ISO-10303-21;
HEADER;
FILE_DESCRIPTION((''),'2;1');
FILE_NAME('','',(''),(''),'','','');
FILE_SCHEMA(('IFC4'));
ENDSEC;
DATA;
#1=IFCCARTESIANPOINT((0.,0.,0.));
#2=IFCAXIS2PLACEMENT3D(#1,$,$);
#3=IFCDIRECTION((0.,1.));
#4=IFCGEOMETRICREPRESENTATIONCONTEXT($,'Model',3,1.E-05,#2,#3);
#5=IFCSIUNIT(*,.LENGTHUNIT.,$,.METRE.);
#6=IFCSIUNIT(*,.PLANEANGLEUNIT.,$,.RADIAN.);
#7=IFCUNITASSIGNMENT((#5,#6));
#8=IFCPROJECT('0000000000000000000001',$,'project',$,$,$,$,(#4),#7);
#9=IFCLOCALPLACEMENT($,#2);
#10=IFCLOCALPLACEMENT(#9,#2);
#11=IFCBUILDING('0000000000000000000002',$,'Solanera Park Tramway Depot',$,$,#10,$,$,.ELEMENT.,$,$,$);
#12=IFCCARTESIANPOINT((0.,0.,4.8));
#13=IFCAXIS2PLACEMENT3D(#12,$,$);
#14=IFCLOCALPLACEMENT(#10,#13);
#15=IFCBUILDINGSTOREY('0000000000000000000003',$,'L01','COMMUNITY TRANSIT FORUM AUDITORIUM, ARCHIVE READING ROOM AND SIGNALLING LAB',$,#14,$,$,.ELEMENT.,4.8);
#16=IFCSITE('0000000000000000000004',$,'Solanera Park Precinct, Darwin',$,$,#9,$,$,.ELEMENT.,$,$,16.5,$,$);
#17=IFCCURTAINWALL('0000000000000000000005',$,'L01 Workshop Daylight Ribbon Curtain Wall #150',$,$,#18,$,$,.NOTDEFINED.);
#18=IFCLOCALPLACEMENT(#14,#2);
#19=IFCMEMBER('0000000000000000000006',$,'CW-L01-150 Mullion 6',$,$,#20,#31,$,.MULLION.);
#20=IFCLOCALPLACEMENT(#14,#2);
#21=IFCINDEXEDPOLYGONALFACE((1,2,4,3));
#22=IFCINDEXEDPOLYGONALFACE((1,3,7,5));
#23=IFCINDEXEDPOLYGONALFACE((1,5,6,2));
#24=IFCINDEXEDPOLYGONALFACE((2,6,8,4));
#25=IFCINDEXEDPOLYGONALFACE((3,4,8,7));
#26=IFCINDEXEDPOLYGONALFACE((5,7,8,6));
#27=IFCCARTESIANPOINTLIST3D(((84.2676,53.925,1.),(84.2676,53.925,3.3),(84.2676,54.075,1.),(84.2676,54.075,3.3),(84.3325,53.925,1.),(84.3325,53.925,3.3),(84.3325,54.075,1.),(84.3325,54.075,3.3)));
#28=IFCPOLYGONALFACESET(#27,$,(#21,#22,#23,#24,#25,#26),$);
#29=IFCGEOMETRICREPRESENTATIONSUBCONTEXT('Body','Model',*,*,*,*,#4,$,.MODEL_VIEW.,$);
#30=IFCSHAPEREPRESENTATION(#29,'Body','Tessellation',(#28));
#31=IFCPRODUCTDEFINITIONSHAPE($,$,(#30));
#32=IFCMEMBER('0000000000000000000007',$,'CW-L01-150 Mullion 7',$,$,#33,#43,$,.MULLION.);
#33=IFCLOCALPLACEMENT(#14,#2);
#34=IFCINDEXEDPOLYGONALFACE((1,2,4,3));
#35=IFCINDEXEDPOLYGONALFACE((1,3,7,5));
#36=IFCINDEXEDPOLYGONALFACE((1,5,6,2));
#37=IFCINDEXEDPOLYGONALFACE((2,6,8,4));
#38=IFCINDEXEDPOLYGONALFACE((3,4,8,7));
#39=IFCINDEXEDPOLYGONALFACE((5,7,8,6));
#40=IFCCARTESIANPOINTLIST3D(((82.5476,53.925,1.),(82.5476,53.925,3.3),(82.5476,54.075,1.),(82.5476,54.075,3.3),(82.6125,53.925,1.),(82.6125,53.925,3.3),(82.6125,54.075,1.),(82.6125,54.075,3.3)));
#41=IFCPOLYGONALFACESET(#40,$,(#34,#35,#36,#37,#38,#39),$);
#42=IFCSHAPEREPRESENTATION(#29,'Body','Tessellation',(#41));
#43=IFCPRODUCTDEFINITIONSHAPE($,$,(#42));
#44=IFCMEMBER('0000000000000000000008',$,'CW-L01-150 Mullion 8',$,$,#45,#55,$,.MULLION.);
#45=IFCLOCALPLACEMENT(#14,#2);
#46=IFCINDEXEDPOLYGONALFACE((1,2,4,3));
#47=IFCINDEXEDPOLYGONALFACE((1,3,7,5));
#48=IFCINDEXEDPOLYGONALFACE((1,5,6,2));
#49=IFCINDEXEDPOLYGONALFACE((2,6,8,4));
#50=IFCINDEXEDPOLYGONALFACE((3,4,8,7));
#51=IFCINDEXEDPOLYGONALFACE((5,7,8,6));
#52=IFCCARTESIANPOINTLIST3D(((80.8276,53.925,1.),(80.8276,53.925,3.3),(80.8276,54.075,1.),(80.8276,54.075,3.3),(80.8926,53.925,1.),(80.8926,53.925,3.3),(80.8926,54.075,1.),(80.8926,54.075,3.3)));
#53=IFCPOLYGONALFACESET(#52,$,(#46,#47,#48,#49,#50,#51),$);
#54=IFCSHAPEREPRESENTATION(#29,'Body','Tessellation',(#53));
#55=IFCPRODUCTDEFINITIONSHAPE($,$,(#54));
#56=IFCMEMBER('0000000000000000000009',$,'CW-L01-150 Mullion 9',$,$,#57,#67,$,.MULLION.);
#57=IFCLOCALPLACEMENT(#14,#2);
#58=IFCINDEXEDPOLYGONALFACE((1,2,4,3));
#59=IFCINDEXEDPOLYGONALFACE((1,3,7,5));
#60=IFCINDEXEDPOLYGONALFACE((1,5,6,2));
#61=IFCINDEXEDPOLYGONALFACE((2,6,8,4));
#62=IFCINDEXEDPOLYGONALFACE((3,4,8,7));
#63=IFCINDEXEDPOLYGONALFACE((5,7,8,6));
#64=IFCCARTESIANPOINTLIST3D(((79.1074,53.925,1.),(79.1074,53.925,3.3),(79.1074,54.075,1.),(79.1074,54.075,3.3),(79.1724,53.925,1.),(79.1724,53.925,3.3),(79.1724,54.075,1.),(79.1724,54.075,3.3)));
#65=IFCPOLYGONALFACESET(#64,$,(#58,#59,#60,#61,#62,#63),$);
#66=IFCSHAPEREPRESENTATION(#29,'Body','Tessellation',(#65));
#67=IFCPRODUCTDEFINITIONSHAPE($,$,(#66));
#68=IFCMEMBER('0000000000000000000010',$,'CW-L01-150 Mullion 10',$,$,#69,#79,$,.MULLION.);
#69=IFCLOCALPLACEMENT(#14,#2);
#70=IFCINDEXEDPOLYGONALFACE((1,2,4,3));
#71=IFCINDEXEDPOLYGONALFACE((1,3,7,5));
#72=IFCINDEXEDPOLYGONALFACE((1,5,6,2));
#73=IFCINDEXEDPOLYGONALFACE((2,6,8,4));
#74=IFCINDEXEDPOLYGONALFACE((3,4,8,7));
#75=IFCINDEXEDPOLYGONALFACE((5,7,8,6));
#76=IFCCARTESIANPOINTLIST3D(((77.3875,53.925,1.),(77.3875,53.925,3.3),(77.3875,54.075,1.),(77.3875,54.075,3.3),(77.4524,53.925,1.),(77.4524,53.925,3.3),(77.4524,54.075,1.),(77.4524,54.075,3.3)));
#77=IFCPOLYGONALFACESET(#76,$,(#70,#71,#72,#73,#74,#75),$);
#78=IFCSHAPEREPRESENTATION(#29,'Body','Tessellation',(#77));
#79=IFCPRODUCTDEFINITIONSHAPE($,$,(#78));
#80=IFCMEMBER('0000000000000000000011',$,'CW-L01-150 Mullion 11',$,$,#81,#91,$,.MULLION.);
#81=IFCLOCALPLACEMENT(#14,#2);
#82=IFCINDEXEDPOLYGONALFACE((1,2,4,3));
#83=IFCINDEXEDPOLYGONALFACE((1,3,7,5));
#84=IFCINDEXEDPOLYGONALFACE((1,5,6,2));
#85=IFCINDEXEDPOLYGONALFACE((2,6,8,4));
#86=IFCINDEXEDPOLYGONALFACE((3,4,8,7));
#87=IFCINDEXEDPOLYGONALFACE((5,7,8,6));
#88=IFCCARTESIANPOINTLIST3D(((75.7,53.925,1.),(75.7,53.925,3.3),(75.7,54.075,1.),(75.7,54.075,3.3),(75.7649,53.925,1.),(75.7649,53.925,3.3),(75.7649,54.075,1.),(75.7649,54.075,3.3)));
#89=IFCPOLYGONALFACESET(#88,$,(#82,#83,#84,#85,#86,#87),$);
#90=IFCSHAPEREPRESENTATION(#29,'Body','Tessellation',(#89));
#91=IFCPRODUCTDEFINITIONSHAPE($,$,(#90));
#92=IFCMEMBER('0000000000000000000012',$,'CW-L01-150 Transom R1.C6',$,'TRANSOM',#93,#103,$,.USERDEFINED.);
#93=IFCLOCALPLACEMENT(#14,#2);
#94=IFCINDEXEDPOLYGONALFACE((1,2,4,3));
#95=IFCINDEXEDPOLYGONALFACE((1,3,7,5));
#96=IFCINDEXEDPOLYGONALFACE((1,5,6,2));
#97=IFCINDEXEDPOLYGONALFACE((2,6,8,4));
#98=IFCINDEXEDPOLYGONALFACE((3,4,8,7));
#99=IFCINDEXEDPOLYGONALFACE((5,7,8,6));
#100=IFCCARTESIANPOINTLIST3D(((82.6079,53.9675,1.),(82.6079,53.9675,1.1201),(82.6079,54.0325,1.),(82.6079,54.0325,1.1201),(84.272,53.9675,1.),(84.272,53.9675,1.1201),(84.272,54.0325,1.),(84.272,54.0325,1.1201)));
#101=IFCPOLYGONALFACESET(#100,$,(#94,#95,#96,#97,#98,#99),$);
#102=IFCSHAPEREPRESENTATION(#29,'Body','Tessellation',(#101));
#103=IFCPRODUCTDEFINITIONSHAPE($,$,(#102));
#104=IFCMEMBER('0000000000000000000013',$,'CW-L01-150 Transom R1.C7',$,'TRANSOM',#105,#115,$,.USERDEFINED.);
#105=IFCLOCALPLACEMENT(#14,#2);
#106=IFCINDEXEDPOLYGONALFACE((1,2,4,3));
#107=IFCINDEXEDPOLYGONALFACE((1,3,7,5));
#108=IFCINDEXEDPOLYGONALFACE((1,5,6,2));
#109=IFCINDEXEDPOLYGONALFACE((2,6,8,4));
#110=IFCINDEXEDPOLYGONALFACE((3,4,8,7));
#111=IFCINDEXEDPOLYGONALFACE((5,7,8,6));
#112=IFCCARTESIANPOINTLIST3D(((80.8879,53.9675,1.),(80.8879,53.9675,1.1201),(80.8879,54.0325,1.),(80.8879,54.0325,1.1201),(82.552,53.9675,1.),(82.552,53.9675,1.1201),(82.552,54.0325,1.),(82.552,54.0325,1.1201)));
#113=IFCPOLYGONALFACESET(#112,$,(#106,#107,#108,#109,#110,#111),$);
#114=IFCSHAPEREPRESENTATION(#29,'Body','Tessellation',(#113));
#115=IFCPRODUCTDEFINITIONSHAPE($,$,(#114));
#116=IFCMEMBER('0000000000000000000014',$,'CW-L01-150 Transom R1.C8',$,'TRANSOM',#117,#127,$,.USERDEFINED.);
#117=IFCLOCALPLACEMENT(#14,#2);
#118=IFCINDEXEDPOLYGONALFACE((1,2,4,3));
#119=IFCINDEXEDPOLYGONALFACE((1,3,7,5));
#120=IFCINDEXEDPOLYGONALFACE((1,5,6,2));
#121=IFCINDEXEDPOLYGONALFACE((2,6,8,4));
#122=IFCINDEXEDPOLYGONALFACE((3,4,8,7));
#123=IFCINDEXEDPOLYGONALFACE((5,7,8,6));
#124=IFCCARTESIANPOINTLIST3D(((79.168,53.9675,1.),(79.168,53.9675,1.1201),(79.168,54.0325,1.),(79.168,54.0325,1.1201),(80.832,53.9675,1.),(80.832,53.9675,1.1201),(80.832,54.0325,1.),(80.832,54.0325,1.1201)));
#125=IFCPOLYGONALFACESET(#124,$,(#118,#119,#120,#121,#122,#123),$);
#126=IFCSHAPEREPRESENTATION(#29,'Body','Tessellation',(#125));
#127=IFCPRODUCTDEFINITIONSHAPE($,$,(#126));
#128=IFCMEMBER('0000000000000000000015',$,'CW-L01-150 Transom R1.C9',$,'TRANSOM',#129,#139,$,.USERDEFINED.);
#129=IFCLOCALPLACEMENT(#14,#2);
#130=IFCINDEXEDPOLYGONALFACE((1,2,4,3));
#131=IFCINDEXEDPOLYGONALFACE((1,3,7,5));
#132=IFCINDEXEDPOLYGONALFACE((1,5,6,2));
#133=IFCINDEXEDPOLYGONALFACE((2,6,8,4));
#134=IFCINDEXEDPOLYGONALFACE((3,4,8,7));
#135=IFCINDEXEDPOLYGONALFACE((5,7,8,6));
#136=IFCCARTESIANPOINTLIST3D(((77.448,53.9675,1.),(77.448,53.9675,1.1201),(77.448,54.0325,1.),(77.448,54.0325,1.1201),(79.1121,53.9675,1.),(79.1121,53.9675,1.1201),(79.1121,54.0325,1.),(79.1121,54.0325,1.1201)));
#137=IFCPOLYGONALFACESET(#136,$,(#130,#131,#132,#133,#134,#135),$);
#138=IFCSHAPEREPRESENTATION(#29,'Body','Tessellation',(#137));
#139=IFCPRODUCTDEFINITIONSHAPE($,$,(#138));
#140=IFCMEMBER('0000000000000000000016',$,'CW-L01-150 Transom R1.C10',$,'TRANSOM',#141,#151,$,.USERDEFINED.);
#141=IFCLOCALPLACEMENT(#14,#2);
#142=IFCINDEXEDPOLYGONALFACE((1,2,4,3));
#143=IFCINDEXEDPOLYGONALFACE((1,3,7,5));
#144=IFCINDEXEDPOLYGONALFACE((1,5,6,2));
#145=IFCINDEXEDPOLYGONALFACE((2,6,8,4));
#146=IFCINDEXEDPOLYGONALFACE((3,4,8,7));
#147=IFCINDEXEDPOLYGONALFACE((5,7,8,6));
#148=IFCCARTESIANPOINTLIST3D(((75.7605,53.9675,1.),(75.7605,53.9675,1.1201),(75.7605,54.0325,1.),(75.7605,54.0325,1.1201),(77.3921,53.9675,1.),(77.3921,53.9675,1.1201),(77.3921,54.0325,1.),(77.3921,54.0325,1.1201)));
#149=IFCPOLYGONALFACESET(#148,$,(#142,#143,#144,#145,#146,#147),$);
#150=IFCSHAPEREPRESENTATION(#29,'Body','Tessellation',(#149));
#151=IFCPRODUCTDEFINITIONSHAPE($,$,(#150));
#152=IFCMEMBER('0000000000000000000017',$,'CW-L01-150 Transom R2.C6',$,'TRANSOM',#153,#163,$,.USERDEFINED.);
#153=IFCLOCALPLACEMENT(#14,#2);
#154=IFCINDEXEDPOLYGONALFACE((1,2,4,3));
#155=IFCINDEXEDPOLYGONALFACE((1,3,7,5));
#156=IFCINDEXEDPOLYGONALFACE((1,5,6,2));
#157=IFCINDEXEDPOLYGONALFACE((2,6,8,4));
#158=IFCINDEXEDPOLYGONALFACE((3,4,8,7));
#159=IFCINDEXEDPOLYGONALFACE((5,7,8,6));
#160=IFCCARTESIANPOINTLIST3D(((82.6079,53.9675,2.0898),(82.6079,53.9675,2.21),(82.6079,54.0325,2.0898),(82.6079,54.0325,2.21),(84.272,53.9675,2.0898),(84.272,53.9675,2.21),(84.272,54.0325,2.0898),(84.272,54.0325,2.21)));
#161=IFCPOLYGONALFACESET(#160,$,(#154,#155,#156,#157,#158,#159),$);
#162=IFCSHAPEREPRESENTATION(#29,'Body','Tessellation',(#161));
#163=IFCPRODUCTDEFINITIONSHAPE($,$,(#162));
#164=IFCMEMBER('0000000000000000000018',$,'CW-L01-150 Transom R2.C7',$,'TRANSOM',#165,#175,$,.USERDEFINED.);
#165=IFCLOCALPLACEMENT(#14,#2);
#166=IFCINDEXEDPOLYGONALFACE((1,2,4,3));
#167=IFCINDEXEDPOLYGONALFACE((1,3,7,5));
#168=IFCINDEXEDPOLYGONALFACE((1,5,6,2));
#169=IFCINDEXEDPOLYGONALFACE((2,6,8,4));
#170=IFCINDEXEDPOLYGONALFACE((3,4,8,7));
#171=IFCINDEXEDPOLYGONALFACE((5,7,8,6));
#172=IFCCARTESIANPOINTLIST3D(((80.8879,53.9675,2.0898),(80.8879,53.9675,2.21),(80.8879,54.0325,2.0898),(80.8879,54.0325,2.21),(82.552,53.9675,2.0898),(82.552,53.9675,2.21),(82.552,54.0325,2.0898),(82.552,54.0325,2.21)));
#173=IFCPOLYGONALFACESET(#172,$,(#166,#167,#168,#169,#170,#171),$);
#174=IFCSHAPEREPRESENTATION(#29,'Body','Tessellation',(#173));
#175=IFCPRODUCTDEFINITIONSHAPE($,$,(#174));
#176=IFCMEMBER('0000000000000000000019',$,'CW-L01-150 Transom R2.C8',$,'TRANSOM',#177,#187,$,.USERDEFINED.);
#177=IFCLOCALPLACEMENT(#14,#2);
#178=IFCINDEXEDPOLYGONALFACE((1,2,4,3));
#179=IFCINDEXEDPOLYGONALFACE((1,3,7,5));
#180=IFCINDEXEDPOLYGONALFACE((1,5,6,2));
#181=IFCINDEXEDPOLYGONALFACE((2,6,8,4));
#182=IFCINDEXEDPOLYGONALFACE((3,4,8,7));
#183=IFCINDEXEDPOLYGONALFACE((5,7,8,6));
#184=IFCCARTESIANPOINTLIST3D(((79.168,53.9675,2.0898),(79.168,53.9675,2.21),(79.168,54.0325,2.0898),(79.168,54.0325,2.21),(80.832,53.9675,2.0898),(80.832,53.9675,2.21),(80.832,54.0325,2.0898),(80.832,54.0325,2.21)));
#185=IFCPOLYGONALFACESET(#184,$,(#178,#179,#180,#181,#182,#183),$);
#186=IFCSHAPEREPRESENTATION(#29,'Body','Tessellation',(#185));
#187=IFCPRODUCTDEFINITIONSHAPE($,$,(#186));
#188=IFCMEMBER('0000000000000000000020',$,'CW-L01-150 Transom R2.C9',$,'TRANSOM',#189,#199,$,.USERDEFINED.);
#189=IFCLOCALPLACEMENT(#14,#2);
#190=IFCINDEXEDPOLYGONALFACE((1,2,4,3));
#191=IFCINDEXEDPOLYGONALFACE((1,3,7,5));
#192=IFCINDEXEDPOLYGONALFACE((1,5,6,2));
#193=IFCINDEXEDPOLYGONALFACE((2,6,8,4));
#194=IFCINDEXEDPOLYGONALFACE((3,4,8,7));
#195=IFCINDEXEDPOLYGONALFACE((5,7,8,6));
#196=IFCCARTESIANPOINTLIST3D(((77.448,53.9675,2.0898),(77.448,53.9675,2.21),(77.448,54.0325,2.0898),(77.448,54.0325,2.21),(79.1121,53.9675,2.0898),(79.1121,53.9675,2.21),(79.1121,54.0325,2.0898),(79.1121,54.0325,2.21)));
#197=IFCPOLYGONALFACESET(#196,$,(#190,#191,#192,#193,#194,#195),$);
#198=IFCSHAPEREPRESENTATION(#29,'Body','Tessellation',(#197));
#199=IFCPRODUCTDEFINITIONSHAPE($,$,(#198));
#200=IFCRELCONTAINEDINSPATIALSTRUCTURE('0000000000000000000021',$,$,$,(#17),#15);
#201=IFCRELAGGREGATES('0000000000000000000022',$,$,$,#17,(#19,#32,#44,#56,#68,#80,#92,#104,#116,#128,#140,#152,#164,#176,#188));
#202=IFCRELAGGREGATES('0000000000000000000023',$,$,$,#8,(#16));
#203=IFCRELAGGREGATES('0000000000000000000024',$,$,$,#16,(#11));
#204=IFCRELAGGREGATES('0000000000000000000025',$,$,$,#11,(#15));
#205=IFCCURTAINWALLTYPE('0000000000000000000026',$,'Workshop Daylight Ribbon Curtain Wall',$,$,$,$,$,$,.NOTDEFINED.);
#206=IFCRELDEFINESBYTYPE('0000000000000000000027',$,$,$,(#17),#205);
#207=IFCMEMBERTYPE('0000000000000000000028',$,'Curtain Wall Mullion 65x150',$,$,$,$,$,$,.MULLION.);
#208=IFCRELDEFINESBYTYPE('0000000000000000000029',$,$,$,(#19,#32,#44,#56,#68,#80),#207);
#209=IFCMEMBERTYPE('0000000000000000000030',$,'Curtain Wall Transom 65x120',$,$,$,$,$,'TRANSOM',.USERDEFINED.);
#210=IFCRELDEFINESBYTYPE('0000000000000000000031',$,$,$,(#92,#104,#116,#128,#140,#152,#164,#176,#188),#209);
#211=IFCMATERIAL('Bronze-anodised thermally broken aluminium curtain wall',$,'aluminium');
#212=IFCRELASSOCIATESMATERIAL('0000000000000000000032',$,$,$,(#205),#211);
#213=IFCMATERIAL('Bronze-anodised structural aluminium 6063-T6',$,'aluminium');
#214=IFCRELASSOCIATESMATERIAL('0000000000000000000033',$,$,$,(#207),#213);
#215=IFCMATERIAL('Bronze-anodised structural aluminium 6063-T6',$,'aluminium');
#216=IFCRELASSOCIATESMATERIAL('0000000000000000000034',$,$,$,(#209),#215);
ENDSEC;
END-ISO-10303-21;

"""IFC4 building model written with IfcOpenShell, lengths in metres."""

from ifc_helpers import new_model, si_unit, direction, frame, origin, origin_2d, place, context, subcontext, project, spatial, rectangle, extrude, material, material_profile, profile_set, type_object, element, aggregate, save


model = new_model("IFC4")

# Units and contexts
model_context = context("Model", 3, precision=1e-05, world=origin(), true_north=direction((0.0, 1.0)))
body_context = subcontext(model_context, "Body", "Model", "MODEL_VIEW")
ifc_project = project(units=[si_unit("LENGTHUNIT", "METRE"), si_unit("PLANEANGLEUNIT", "RADIAN")], contexts=[model_context])

# Site, building, storey
site_placement = place(None, origin())
site = spatial("IfcSite", under=ifc_project, at=site_placement, Name="Solanera Park Precinct, Darwin", CompositionType="ELEMENT", RefElevation=16.5)
building_placement = place(site_placement, origin())
building = spatial("IfcBuilding", under=site, at=building_placement, Name="Solanera Park Tramway Depot", CompositionType="ELEMENT")
storey_placement = place(building_placement, frame((0.0, 0.0, 4.8)))
storey = spatial("IfcBuildingStorey", under=building, at=storey_placement, Name="L01", Description="COMMUNITY TRANSIT FORUM AUDITORIUM, ARCHIVE READING ROOM AND SIGNALLING LAB", CompositionType="ELEMENT", Elevation=4.8)

# Curtain wall, members
ifc_material_1 = material(Name="Bronze-anodised thermally broken aluminium curtain wall", Category="aluminium")
curtain_wall_type = type_object("IfcCurtainWallType", Name="Workshop Daylight Ribbon Curtain Wall", PredefinedType="NOTDEFINED", material=ifc_material_1)
curtain_wall_placement = place(storey_placement, origin())
curtain_wall = element("IfcCurtainWall", 1, at=curtain_wall_placement, inside=storey, type_object=curtain_wall_type, Name="L01 Workshop Daylight Ribbon Curtain Wall #150", PredefinedType="NOTDEFINED")
ifc_material_2 = material(Name="Bronze-anodised structural aluminium 6063-T6", Category="aluminium")
ifc_material_profile_1 = material_profile(ifc_material_2, rectangle(XDim=0.0649, YDim=0.1499, at=origin_2d()), Name="Curtain Wall Mullion 65x150")
ifc_profile_set_1 = profile_set([ifc_material_profile_1], Name="Bronze-anodised structural aluminium 6063-T6")
member_type_1 = type_object("IfcMemberType", Name="Curtain Wall Mullion 65x150", PredefinedType="MULLION", material=ifc_profile_set_1)
member_1_placement = place(storey_placement, frame((84.3, 54.0, 1.0), z_axis=(0.0, 0.0, 1.0), x_axis=(1.0, 0.0, 0.0)))
member_1 = element("IfcMember", 2, at=member_1_placement, type_object=member_type_1, Name="CW-L01-150 Mullion 6", PredefinedType="MULLION", context=body_context, shape_type="SweptSolid", body=[
    extrude(rectangle(XDim=0.0649, YDim=0.1499, at=origin_2d()), origin(), (0.0, 0.0, 1.0), 2.3),
])
member_2_placement = place(storey_placement, frame((82.5801, 54.0, 1.0), z_axis=(0.0, 0.0, 1.0), x_axis=(1.0, 0.0, 0.0)))
member_2 = element("IfcMember", 3, at=member_2_placement, type_object=member_type_1, Name="CW-L01-150 Mullion 7", PredefinedType="MULLION", context=body_context, shape_type="SweptSolid", body=[
    extrude(rectangle(XDim=0.0649, YDim=0.1499, at=origin_2d()), origin(), (0.0, 0.0, 1.0), 2.3),
])
member_3_placement = place(storey_placement, frame((80.8601, 54.0, 1.0), z_axis=(0.0, 0.0, 1.0), x_axis=(1.0, 0.0, 0.0)))
member_3 = element("IfcMember", 4, at=member_3_placement, type_object=member_type_1, Name="CW-L01-150 Mullion 8", PredefinedType="MULLION", context=body_context, shape_type="SweptSolid", body=[
    extrude(rectangle(XDim=0.0649, YDim=0.1499, at=origin_2d()), origin(), (0.0, 0.0, 1.0), 2.3),
])
member_4_placement = place(storey_placement, frame((79.1399, 54.0, 1.0), z_axis=(0.0, 0.0, 1.0), x_axis=(1.0, 0.0, 0.0)))
member_4 = element("IfcMember", 5, at=member_4_placement, type_object=member_type_1, Name="CW-L01-150 Mullion 9", PredefinedType="MULLION", context=body_context, shape_type="SweptSolid", body=[
    extrude(rectangle(XDim=0.0649, YDim=0.1499, at=origin_2d()), origin(), (0.0, 0.0, 1.0), 2.3),
])
member_5_placement = place(storey_placement, frame((77.4199, 54.0, 1.0), z_axis=(0.0, 0.0, 1.0), x_axis=(1.0, 0.0, 0.0)))
member_5 = element("IfcMember", 6, at=member_5_placement, type_object=member_type_1, Name="CW-L01-150 Mullion 10", PredefinedType="MULLION", context=body_context, shape_type="SweptSolid", body=[
    extrude(rectangle(XDim=0.0649, YDim=0.1499, at=origin_2d()), origin(), (0.0, 0.0, 1.0), 2.3),
])
member_6_placement = place(storey_placement, frame((75.7324, 54.0, 1.0), z_axis=(0.0, 0.0, 1.0), x_axis=(1.0, 0.0, 0.0)))
member_6 = element("IfcMember", 7, at=member_6_placement, type_object=member_type_1, Name="CW-L01-150 Mullion 11", PredefinedType="MULLION", context=body_context, shape_type="SweptSolid", body=[
    extrude(rectangle(XDim=0.0649, YDim=0.1499, at=origin_2d()), origin(), (0.0, 0.0, 1.0), 2.3),
])
ifc_material_3 = material(Name="Bronze-anodised structural aluminium 6063-T6", Category="aluminium")
ifc_material_profile_2 = material_profile(ifc_material_3, rectangle(XDim=0.0649, YDim=0.1201, at=origin_2d()), Name="Curtain Wall Transom 65x120")
ifc_profile_set_2 = profile_set([ifc_material_profile_2], Name="Bronze-anodised structural aluminium 6063-T6")
member_type_2 = type_object("IfcMemberType", Name="Curtain Wall Transom 65x120", ElementType="TRANSOM", PredefinedType="USERDEFINED", material=ifc_profile_set_2)
member_7_placement = place(storey_placement, frame((84.272, 54.0, 1.0601), z_axis=(-1.0, 0.0, 0.0), x_axis=(0.0, -1.0, 0.0)))
member_7 = element("IfcMember", 8, at=member_7_placement, type_object=member_type_2, Name="CW-L01-150 Transom R1.C6", ObjectType="TRANSOM", PredefinedType="USERDEFINED", context=body_context, shape_type="SweptSolid", body=[
    extrude(rectangle(XDim=0.0649, YDim=0.1201, at=origin_2d()), origin(), (0.0, 0.0, 1.0), 1.6641),
])
member_8_placement = place(storey_placement, frame((82.552, 54.0, 1.0601), z_axis=(-1.0, 0.0, 0.0), x_axis=(0.0, -1.0, 0.0)))
member_8 = element("IfcMember", 9, at=member_8_placement, type_object=member_type_2, Name="CW-L01-150 Transom R1.C7", ObjectType="TRANSOM", PredefinedType="USERDEFINED", context=body_context, shape_type="SweptSolid", body=[
    extrude(rectangle(XDim=0.0649, YDim=0.1201, at=origin_2d()), origin(), (0.0, 0.0, 1.0), 1.6641),
])
member_9_placement = place(storey_placement, frame((80.832, 54.0, 1.0601), z_axis=(-1.0, 0.0, 0.0), x_axis=(0.0, -1.0, 0.0)))
member_9 = element("IfcMember", 10, at=member_9_placement, type_object=member_type_2, Name="CW-L01-150 Transom R1.C8", ObjectType="TRANSOM", PredefinedType="USERDEFINED", context=body_context, shape_type="SweptSolid", body=[
    extrude(rectangle(XDim=0.0649, YDim=0.1201, at=origin_2d()), origin(), (0.0, 0.0, 1.0), 1.6641),
])
member_10_placement = place(storey_placement, frame((79.1121, 54.0, 1.0601), z_axis=(-1.0, 0.0, 0.0), x_axis=(0.0, -1.0, 0.0)))
member_10 = element("IfcMember", 11, at=member_10_placement, type_object=member_type_2, Name="CW-L01-150 Transom R1.C9", ObjectType="TRANSOM", PredefinedType="USERDEFINED", context=body_context, shape_type="SweptSolid", body=[
    extrude(rectangle(XDim=0.0649, YDim=0.1201, at=origin_2d()), origin(), (0.0, 0.0, 1.0), 1.6641),
])
member_11_placement = place(storey_placement, frame((77.3921, 54.0, 1.0601), z_axis=(-1.0, 0.0, 0.0), x_axis=(0.0, -1.0, 0.0)))
member_11 = element("IfcMember", 12, at=member_11_placement, type_object=member_type_2, Name="CW-L01-150 Transom R1.C10", ObjectType="TRANSOM", PredefinedType="USERDEFINED", context=body_context, shape_type="SweptSolid", body=[
    extrude(rectangle(XDim=0.0649, YDim=0.1201, at=origin_2d()), origin(), (0.0, 0.0, 1.0), 1.6316),
])
member_12_placement = place(storey_placement, frame((84.272, 54.0, 2.1499), z_axis=(-1.0, 0.0, 0.0), x_axis=(0.0, -1.0, 0.0)))
member_12 = element("IfcMember", 13, at=member_12_placement, type_object=member_type_2, Name="CW-L01-150 Transom R2.C6", ObjectType="TRANSOM", PredefinedType="USERDEFINED", context=body_context, shape_type="SweptSolid", body=[
    extrude(rectangle(XDim=0.0649, YDim=0.1201, at=origin_2d()), origin(), (0.0, 0.0, 1.0), 1.6641),
])
member_13_placement = place(storey_placement, frame((82.552, 54.0, 2.1499), z_axis=(-1.0, 0.0, 0.0), x_axis=(0.0, -1.0, 0.0)))
member_13 = element("IfcMember", 14, at=member_13_placement, type_object=member_type_2, Name="CW-L01-150 Transom R2.C7", ObjectType="TRANSOM", PredefinedType="USERDEFINED", context=body_context, shape_type="SweptSolid", body=[
    extrude(rectangle(XDim=0.0649, YDim=0.1201, at=origin_2d()), origin(), (0.0, 0.0, 1.0), 1.6641),
])
member_14_placement = place(storey_placement, frame((80.832, 54.0, 2.1499), z_axis=(-1.0, 0.0, 0.0), x_axis=(0.0, -1.0, 0.0)))
member_14 = element("IfcMember", 15, at=member_14_placement, type_object=member_type_2, Name="CW-L01-150 Transom R2.C8", ObjectType="TRANSOM", PredefinedType="USERDEFINED", context=body_context, shape_type="SweptSolid", body=[
    extrude(rectangle(XDim=0.0649, YDim=0.1201, at=origin_2d()), origin(), (0.0, 0.0, 1.0), 1.6641),
])
member_15_placement = place(storey_placement, frame((79.1121, 54.0, 2.1499), z_axis=(-1.0, 0.0, 0.0), x_axis=(0.0, -1.0, 0.0)))
member_15 = element("IfcMember", 16, at=member_15_placement, type_object=member_type_2, Name="CW-L01-150 Transom R2.C9", ObjectType="TRANSOM", PredefinedType="USERDEFINED", context=body_context, shape_type="SweptSolid", body=[
    extrude(rectangle(XDim=0.0649, YDim=0.1201, at=origin_2d()), origin(), (0.0, 0.0, 1.0), 1.6641),
])
aggregate(curtain_wall, [member_1, member_2, member_3, member_4, member_5, member_6, member_7, member_8, member_9, member_10, member_11, member_12, member_13, member_14, member_15])

save(model, "model.ifc")
